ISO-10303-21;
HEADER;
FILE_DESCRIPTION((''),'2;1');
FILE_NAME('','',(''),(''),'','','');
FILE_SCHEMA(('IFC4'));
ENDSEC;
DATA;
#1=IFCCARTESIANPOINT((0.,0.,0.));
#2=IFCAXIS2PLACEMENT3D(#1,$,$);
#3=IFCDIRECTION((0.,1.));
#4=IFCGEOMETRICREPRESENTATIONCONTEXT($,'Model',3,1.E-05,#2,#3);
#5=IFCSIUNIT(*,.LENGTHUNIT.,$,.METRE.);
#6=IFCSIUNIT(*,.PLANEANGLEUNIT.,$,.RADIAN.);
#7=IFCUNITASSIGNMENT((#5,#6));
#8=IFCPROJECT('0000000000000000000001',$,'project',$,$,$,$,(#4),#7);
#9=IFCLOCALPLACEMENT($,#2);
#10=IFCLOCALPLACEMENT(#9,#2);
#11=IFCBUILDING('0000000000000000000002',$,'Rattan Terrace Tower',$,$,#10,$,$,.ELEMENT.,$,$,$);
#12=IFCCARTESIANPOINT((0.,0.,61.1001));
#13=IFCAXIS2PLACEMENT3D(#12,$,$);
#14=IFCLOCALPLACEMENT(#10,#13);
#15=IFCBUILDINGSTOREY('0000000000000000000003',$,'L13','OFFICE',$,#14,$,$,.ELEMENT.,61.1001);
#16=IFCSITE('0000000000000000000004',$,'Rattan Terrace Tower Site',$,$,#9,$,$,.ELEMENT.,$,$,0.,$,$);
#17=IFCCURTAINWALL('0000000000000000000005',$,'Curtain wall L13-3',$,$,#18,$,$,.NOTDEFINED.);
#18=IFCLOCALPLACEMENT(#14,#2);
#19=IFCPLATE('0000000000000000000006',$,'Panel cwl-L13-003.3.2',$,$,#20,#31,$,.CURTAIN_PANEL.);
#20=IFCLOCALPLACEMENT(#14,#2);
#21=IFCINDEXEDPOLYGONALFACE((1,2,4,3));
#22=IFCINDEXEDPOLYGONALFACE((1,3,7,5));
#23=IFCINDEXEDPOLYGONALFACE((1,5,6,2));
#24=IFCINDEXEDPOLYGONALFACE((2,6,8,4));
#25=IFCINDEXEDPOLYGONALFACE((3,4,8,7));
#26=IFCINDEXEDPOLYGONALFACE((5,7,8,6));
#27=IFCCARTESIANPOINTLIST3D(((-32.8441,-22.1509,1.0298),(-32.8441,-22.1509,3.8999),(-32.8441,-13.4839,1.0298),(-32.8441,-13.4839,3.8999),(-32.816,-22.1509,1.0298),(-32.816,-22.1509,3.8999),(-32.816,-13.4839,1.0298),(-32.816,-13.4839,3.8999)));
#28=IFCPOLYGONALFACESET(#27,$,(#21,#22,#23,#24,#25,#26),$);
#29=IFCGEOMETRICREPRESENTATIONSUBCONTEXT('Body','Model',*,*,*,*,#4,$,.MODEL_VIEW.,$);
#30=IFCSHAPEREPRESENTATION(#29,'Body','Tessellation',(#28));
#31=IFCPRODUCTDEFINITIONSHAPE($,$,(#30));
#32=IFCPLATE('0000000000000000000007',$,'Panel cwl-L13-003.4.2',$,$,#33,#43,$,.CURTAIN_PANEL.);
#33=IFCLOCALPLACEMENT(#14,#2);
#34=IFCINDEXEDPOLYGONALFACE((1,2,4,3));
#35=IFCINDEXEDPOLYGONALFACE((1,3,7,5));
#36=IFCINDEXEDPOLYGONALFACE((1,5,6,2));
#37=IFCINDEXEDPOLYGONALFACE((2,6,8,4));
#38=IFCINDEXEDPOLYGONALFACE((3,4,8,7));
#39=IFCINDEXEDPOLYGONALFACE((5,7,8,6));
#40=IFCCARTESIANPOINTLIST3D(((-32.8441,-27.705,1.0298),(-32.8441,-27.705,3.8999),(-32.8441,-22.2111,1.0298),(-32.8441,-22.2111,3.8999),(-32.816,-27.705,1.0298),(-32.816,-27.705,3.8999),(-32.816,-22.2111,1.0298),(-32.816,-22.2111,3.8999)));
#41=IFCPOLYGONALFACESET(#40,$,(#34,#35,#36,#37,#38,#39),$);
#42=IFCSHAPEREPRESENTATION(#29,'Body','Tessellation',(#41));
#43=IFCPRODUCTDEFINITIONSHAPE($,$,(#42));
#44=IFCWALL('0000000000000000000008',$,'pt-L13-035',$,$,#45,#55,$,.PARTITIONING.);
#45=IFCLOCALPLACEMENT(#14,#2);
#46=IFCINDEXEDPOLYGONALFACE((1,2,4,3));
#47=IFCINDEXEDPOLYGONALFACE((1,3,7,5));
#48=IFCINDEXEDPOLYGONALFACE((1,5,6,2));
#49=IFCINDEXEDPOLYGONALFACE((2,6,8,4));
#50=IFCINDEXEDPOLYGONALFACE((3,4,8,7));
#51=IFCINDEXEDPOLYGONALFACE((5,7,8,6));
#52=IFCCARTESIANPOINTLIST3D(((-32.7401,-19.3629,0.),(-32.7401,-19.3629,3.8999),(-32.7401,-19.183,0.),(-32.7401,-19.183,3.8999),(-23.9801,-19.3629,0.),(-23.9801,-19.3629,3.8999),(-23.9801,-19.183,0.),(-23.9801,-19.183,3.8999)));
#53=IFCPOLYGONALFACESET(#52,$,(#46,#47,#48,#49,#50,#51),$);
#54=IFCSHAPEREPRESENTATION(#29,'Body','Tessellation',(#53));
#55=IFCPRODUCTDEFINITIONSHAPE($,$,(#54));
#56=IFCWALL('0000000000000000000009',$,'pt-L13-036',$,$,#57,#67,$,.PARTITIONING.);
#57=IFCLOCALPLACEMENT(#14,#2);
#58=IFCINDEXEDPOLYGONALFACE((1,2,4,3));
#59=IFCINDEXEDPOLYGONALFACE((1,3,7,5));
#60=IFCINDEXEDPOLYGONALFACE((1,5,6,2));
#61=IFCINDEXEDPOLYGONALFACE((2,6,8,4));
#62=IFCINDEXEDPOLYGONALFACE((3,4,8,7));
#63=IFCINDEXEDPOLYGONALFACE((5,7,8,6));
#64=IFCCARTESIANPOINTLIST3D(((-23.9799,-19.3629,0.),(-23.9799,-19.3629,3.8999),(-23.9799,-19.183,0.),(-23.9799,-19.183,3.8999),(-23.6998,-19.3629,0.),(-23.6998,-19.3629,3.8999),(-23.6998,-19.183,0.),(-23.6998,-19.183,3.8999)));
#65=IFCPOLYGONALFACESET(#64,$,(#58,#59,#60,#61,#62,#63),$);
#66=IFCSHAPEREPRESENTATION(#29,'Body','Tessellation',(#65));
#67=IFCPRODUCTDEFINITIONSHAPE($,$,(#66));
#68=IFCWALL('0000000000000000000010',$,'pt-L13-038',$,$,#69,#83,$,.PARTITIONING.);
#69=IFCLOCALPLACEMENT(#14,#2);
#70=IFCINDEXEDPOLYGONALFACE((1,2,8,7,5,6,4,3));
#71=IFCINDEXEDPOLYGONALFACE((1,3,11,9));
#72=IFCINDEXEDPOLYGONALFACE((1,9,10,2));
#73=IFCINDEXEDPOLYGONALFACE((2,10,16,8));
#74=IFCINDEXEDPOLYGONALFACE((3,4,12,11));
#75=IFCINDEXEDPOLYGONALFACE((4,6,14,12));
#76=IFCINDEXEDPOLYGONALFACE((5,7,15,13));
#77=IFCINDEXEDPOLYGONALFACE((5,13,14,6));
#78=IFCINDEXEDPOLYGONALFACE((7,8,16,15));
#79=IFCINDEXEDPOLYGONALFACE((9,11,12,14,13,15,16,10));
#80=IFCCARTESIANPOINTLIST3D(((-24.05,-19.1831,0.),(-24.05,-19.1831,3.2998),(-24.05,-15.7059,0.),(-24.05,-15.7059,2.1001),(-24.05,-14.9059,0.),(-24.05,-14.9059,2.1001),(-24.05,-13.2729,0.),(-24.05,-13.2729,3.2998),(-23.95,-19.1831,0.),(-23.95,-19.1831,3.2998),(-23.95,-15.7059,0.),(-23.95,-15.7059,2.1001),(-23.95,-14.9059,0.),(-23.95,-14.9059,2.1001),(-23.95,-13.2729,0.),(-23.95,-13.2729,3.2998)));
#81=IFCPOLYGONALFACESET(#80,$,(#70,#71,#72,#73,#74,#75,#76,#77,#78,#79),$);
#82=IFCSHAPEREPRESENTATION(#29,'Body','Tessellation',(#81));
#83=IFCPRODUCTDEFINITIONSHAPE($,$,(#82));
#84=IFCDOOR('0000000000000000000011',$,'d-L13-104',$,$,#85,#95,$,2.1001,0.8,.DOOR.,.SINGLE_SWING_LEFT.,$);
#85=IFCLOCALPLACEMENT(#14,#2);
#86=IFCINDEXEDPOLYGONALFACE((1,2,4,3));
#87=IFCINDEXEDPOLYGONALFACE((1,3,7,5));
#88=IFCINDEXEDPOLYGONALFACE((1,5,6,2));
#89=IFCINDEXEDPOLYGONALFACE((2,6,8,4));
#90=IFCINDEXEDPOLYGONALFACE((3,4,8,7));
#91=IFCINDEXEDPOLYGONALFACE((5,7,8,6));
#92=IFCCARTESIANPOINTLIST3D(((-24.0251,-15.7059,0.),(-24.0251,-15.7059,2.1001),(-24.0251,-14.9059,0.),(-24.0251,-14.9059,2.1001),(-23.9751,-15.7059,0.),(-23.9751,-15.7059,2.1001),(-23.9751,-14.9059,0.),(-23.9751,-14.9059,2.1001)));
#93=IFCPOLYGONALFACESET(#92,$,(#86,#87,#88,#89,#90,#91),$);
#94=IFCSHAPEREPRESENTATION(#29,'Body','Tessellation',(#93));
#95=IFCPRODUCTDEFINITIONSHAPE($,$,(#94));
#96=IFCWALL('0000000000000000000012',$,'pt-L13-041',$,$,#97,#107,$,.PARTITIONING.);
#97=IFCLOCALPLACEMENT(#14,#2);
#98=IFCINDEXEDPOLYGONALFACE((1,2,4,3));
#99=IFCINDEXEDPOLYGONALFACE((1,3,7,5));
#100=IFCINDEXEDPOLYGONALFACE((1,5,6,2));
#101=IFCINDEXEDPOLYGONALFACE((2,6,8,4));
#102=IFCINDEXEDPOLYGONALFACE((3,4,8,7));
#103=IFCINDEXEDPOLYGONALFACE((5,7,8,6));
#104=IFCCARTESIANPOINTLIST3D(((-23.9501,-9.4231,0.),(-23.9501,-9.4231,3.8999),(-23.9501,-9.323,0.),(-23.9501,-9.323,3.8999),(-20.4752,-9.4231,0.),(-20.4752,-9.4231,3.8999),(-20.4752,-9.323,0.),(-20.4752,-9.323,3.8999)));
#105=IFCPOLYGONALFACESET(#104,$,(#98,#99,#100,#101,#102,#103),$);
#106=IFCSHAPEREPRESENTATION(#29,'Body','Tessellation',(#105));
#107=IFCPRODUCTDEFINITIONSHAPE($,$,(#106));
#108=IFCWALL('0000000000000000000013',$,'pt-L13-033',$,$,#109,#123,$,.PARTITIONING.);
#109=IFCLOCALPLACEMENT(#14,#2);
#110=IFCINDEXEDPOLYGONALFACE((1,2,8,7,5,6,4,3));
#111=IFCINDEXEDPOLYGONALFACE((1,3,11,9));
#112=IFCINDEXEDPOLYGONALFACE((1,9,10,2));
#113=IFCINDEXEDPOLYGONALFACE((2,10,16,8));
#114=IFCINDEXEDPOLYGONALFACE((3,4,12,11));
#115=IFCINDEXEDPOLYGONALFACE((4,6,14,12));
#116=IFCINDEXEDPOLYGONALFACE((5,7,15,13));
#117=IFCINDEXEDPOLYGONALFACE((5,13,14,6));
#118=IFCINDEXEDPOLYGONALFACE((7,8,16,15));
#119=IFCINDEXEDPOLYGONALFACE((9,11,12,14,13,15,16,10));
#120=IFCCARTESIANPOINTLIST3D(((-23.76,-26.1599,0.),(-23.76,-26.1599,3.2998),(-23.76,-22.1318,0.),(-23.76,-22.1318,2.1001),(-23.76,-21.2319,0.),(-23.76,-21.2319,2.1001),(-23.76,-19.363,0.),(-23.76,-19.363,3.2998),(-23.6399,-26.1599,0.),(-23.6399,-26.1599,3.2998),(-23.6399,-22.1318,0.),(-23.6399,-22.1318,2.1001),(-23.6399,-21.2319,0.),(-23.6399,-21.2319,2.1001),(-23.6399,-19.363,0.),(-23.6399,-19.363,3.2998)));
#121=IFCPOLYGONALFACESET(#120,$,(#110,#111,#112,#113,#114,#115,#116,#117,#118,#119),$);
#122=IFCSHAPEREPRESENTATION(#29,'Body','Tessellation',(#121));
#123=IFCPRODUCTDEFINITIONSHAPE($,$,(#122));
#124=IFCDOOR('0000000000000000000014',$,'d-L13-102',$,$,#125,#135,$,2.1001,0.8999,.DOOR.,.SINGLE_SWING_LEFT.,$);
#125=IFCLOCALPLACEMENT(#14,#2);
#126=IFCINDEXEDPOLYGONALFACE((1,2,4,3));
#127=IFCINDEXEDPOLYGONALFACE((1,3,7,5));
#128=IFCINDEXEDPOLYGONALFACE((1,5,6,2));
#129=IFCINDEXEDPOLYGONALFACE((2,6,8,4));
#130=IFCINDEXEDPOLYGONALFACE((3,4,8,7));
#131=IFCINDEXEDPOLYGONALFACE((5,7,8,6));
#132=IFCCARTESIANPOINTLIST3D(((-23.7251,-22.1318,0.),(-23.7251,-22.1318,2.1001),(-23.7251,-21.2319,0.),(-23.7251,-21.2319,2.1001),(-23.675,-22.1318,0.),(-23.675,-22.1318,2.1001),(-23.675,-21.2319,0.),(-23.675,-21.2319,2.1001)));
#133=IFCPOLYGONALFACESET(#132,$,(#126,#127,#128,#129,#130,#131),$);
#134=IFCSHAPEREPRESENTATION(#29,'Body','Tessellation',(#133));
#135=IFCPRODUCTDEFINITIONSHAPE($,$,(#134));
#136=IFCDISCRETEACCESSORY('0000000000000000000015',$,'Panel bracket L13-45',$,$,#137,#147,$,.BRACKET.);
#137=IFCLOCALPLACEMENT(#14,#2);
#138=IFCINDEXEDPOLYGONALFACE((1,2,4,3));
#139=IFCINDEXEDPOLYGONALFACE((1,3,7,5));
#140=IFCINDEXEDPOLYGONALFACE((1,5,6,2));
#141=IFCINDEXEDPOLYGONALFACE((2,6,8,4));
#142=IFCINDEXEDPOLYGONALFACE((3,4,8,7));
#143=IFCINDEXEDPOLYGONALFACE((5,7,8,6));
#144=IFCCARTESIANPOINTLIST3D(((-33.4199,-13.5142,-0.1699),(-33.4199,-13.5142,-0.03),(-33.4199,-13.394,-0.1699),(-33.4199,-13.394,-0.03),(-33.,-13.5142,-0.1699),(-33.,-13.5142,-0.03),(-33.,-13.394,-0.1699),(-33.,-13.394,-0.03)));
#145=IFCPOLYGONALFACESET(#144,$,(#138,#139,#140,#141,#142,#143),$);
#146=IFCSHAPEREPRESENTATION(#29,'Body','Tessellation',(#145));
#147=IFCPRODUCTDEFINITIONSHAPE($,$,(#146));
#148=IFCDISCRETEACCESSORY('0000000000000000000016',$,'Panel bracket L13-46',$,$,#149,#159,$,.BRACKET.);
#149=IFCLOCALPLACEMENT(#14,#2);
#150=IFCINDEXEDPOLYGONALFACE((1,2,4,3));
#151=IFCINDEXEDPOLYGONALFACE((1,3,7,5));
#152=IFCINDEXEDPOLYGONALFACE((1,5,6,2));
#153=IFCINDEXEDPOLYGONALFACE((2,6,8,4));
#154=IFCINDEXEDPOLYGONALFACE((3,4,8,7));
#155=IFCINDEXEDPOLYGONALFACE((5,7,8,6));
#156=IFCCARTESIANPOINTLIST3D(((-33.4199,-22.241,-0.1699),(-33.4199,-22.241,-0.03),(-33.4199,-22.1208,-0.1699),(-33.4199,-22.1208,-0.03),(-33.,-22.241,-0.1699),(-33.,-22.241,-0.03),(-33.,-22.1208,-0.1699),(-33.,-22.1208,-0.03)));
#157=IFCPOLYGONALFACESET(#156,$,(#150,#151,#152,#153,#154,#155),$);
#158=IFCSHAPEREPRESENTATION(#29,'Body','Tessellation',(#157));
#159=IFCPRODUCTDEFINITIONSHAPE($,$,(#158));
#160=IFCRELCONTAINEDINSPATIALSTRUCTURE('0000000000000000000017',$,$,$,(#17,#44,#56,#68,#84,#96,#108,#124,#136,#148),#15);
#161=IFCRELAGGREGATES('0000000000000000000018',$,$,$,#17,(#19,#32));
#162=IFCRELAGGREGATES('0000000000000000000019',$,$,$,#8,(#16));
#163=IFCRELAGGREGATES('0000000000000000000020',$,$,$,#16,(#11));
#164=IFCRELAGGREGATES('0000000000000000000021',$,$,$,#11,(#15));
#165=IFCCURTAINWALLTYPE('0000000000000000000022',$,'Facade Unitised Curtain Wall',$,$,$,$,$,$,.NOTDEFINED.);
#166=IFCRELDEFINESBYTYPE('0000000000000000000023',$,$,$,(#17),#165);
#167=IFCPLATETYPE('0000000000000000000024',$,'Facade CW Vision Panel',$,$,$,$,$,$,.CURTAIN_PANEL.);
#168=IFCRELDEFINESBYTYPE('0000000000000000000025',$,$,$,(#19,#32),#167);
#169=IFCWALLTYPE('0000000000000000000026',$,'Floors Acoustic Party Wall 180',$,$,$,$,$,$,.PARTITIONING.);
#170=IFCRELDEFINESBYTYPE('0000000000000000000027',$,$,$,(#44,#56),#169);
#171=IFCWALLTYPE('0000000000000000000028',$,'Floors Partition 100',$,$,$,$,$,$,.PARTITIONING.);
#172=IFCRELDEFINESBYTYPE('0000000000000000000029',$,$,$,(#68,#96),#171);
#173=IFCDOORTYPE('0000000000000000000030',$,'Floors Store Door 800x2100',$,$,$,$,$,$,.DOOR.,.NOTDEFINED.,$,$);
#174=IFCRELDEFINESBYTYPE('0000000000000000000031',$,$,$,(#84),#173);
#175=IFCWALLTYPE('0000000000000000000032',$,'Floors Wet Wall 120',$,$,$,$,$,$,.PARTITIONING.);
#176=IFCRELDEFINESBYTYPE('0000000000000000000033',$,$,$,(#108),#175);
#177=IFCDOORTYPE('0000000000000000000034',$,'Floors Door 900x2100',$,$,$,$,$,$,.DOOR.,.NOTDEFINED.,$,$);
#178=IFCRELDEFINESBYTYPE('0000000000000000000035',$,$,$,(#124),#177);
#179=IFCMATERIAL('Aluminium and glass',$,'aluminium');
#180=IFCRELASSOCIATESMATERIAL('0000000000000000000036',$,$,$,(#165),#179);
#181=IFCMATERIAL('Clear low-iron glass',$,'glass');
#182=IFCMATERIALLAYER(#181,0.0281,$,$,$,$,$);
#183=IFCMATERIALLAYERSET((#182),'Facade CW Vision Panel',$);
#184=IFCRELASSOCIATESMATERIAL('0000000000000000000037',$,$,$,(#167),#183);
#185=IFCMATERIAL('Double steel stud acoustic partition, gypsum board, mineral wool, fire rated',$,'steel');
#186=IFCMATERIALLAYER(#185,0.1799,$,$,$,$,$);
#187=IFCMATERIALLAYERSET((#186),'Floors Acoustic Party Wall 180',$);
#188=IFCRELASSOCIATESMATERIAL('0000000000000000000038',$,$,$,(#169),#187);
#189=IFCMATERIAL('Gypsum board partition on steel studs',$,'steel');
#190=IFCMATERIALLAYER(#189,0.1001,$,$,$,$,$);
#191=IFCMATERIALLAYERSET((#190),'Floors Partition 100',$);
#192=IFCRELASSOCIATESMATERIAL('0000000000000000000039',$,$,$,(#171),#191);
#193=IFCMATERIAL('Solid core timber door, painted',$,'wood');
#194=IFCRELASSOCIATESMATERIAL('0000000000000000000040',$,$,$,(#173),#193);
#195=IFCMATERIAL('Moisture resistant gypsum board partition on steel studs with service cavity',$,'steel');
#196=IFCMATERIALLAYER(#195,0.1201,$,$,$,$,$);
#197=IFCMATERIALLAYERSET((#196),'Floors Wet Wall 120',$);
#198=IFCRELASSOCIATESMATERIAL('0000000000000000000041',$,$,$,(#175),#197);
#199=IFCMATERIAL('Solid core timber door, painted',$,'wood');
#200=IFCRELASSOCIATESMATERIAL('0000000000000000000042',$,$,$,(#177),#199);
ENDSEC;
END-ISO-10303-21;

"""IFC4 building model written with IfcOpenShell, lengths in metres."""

from ifc_helpers import new_model, si_unit, direction, frame, frame_2d, origin, origin_2d, place, context, subcontext, project, spatial, rectangle, extrude, material, layer, layer_set, type_object, element, fill, aggregate, save


model = new_model("IFC4")

# Units and contexts
model_context = context("Model", 3, precision=1e-05, world=origin(), true_north=direction((0.0, 1.0)))
body_context = subcontext(model_context, "Body", "Model", "MODEL_VIEW")
ifc_project = project(units=[si_unit("LENGTHUNIT", "METRE"), si_unit("PLANEANGLEUNIT", "RADIAN")], contexts=[model_context])

# Site, building, storey
site_placement = place(None, origin())
site = spatial("IfcSite", under=ifc_project, at=site_placement, Name="Rattan Terrace Tower Site", CompositionType="ELEMENT", RefElevation=0.0)
building_placement = place(site_placement, origin())
building = spatial("IfcBuilding", under=site, at=building_placement, Name="Rattan Terrace Tower", CompositionType="ELEMENT")
storey_placement = place(building_placement, frame((0.0, 0.0, 61.1001)))
storey = spatial("IfcBuildingStorey", under=building, at=storey_placement, Name="L13", Description="OFFICE", CompositionType="ELEMENT", Elevation=61.1001)

# Curtain wall
ifc_material_1 = material(Name="Aluminium and glass", Category="aluminium")
curtain_wall_type = type_object("IfcCurtainWallType", Name="Facade Unitised Curtain Wall", PredefinedType="NOTDEFINED", material=ifc_material_1)
curtain_wall_placement = place(storey_placement, origin())
curtain_wall = element("IfcCurtainWall", 1, at=curtain_wall_placement, inside=storey, type_object=curtain_wall_type, Name="Curtain wall L13-3", PredefinedType="NOTDEFINED")

# Plates
ifc_material_2 = material(Name="Clear low-iron glass", Category="glass")
ifc_layer_1 = layer(ifc_material_2, 0.0281)
ifc_layer_set_1 = layer_set([ifc_layer_1], Name="Facade CW Vision Panel")
plate_type_1 = type_object("IfcPlateType", Name="Facade CW Vision Panel", PredefinedType="CURTAIN_PANEL", material=ifc_layer_set_1)
plate_1_placement = place(storey_placement, frame((-32.8301, -17.8174, 1.0298), z_axis=(0.0, 0.0, 1.0), x_axis=(0.0, -1.0, 0.0)))
plate_1 = element("IfcPlate", 2, at=plate_1_placement, type_object=plate_type_1, Name="Panel cwl-L13-003.3.2", PredefinedType="CURTAIN_PANEL", context=body_context, shape_type="SweptSolid", body=[
    extrude(rectangle(XDim=8.667, YDim=0.0281, at=origin_2d()), origin(), (0.0, 0.0, 1.0), 2.8701),
])
plate_2_placement = place(storey_placement, frame((-32.8301, -24.958, 1.0298), z_axis=(0.0, 0.0, 1.0), x_axis=(0.0, -1.0, 0.0)))
plate_2 = element("IfcPlate", 3, at=plate_2_placement, type_object=plate_type_1, Name="Panel cwl-L13-003.4.2", PredefinedType="CURTAIN_PANEL", context=body_context, shape_type="SweptSolid", body=[
    extrude(rectangle(XDim=5.4939, YDim=0.0281, at=origin_2d()), origin(), (0.0, 0.0, 1.0), 2.8701),
])
aggregate(curtain_wall, [plate_1, plate_2])

# Walls
ifc_material_3 = material(Name="Double steel stud acoustic partition, gypsum board, mineral wool, fire rated", Category="steel")
ifc_layer_2 = layer(ifc_material_3, 0.1799)
ifc_layer_set_2 = layer_set([ifc_layer_2], Name="Floors Acoustic Party Wall 180")
wall_type_1 = type_object("IfcWallType", Name="Floors Acoustic Party Wall 180", PredefinedType="PARTITIONING", material=ifc_layer_set_2)
wall_1_placement = place(storey_placement, frame((-32.74, -19.2729, 0.0), z_axis=(0.0, 0.0, 1.0), x_axis=(1.0, 0.0, 0.0)))
element("IfcWall", 4, at=wall_1_placement, inside=storey, type_object=wall_type_1, Name="pt-L13-035", PredefinedType="PARTITIONING", context=body_context, shape_type="SweptSolid", body=[
    extrude(rectangle(XDim=8.76, YDim=0.1799, at=frame_2d((4.3799, 0.0))), origin(), (0.0, 0.0, 1.0), 3.8999),
])
wall_2_placement = place(storey_placement, frame((-23.98, -19.2729, 0.0), z_axis=(0.0, 0.0, 1.0), x_axis=(1.0, 0.0, 0.0)))
element("IfcWall", 5, at=wall_2_placement, inside=storey, type_object=wall_type_1, Name="pt-L13-036", PredefinedType="PARTITIONING", context=body_context, shape_type="SweptSolid", body=[
    extrude(rectangle(XDim=0.28, YDim=0.1799, at=frame_2d((0.1401, 0.0))), origin(), (0.0, 0.0, 1.0), 3.8999),
])

# Wall, opening, door
ifc_material_4 = material(Name="Gypsum board partition on steel studs", Category="steel")
ifc_layer_3 = layer(ifc_material_4, 0.1001)
ifc_layer_set_3 = layer_set([ifc_layer_3], Name="Floors Partition 100")
wall_type_2 = type_object("IfcWallType", Name="Floors Partition 100", PredefinedType="PARTITIONING", material=ifc_layer_set_3)
wall_3_placement = place(storey_placement, frame((-24.0, -13.2729, 0.0), z_axis=(0.0, 0.0, 1.0), x_axis=(0.0, -1.0, 0.0)))
wall_3 = element("IfcWall", 6, at=wall_3_placement, inside=storey, type_object=wall_type_2, Name="pt-L13-038", PredefinedType="PARTITIONING", context=body_context, shape_type="SweptSolid", body=[
    extrude(rectangle(XDim=5.9102, YDim=0.1001, at=frame_2d((2.9551, 0.0))), origin(), (0.0, 0.0, 1.0), 3.2998),
])
opening_1_placement = place(wall_3_placement, frame((1.6331, 0.0, 0.0)))
opening_1 = element("IfcOpeningElement", 7, at=opening_1_placement, cuts=wall_3, PredefinedType="OPENING", context=body_context, shape_type="SweptSolid", body=[
    extrude(rectangle(XDim=0.8, YDim=2.1001, at=frame_2d((0.3999, 1.05))), frame((0.0, 0.0605, 0.0), z_axis=(0.0, -1.0, 0.0), x_axis=(1.0, 0.0, 0.0)), (0.0, 0.0, 1.0), 0.1211),
])
ifc_material_5 = material(Name="Solid core timber door, painted", Category="wood")
door_type_1 = type_object("IfcDoorType", Name="Floors Store Door 800x2100", OperationType="NOTDEFINED", PredefinedType="DOOR", material=ifc_material_5)
door_1_placement = place(opening_1_placement, origin())
door_1 = element("IfcDoor", 8, at=door_1_placement, inside=storey, type_object=door_type_1, Name="d-L13-104", OperationType="SINGLE_SWING_LEFT", OverallHeight=2.1001, OverallWidth=0.8, PredefinedType="DOOR", context=body_context, shape_type="SweptSolid", body=[
    extrude(rectangle(XDim=0.8, YDim=2.1001, at=frame_2d((0.3999, 1.05))), frame((0.0, 0.0249, 0.0), z_axis=(0.0, -1.0, 0.0), x_axis=(1.0, 0.0, 0.0)), (0.0, 0.0, 1.0), 0.05),
])
fill(opening_1, door_1)

# Wall
wall_4_placement = place(storey_placement, frame((-23.95, -9.373, 0.0), z_axis=(0.0, 0.0, 1.0), x_axis=(1.0, 0.0, 0.0)))
element("IfcWall", 9, at=wall_4_placement, inside=storey, type_object=wall_type_2, Name="pt-L13-041", PredefinedType="PARTITIONING", context=body_context, shape_type="SweptSolid", body=[
    extrude(rectangle(XDim=3.4749, YDim=0.1001, at=frame_2d((1.7373, 0.0))), origin(), (0.0, 0.0, 1.0), 3.8999),
])

# Wall, opening, door
ifc_material_6 = material(Name="Moisture resistant gypsum board partition on steel studs with service cavity", Category="steel")
ifc_layer_4 = layer(ifc_material_6, 0.1201)
ifc_layer_set_4 = layer_set([ifc_layer_4], Name="Floors Wet Wall 120")
wall_type_3 = type_object("IfcWallType", Name="Floors Wet Wall 120", PredefinedType="PARTITIONING", material=ifc_layer_set_4)
wall_5_placement = place(storey_placement, frame((-23.7, -19.363, 0.0), z_axis=(0.0, 0.0, 1.0), x_axis=(0.0, -1.0, 0.0)))
wall_5 = element("IfcWall", 10, at=wall_5_placement, inside=storey, type_object=wall_type_3, Name="pt-L13-033", PredefinedType="PARTITIONING", context=body_context, shape_type="SweptSolid", body=[
    extrude(rectangle(XDim=6.7969, YDim=0.1201, at=frame_2d((3.3984, 0.0))), origin(), (0.0, 0.0, 1.0), 3.2998),
])
opening_2_placement = place(wall_5_placement, frame((1.8689, 0.0, 0.0)))
opening_2 = element("IfcOpeningElement", 11, at=opening_2_placement, cuts=wall_5, PredefinedType="OPENING", context=body_context, shape_type="SweptSolid", body=[
    extrude(rectangle(XDim=0.8999, YDim=2.1001, at=frame_2d((0.45, 1.05))), frame((0.0, 0.0706, 0.0), z_axis=(0.0, -1.0, 0.0), x_axis=(1.0, 0.0, 0.0)), (0.0, 0.0, 1.0), 0.1411),
])
ifc_material_7 = material(Name="Solid core timber door, painted", Category="wood")
door_type_2 = type_object("IfcDoorType", Name="Floors Door 900x2100", OperationType="NOTDEFINED", PredefinedType="DOOR", material=ifc_material_7)
door_2_placement = place(opening_2_placement, origin())
door_2 = element("IfcDoor", 12, at=door_2_placement, inside=storey, type_object=door_type_2, Name="d-L13-102", OperationType="SINGLE_SWING_LEFT", OverallHeight=2.1001, OverallWidth=0.8999, PredefinedType="DOOR", context=body_context, shape_type="SweptSolid", body=[
    extrude(rectangle(XDim=0.8999, YDim=2.1001, at=frame_2d((0.45, 1.05))), frame((0.0, 0.0249, 0.0), z_axis=(0.0, -1.0, 0.0), x_axis=(1.0, 0.0, 0.0)), (0.0, 0.0, 1.0), 0.05),
])
fill(opening_2, door_2)

# Discrete accessories
for number, where, z_axis, x_axis, name in (
    (13, (-33.21, -13.4541, -0.1699), (0.0, 0.0, 1.0), (0.0, -1.0, 0.0), "Panel bracket L13-45"),
    (14, (-33.21, -22.1809, -0.1699), (0.0, 0.0, 1.0), (0.0, -1.0, 0.0), "Panel bracket L13-46"),
):
    element("IfcDiscreteAccessory", number, at=place(storey_placement, frame(where, z_axis=z_axis, x_axis=x_axis)), inside=storey, Name=name, PredefinedType="BRACKET", context=body_context, shape_type="SweptSolid", body=[
        extrude(rectangle(XDim=0.1201, YDim=0.4199, at=origin_2d()), origin(), (0.0, 0.0, 1.0), 0.1399),
    ])

save(model, "model.ifc")
